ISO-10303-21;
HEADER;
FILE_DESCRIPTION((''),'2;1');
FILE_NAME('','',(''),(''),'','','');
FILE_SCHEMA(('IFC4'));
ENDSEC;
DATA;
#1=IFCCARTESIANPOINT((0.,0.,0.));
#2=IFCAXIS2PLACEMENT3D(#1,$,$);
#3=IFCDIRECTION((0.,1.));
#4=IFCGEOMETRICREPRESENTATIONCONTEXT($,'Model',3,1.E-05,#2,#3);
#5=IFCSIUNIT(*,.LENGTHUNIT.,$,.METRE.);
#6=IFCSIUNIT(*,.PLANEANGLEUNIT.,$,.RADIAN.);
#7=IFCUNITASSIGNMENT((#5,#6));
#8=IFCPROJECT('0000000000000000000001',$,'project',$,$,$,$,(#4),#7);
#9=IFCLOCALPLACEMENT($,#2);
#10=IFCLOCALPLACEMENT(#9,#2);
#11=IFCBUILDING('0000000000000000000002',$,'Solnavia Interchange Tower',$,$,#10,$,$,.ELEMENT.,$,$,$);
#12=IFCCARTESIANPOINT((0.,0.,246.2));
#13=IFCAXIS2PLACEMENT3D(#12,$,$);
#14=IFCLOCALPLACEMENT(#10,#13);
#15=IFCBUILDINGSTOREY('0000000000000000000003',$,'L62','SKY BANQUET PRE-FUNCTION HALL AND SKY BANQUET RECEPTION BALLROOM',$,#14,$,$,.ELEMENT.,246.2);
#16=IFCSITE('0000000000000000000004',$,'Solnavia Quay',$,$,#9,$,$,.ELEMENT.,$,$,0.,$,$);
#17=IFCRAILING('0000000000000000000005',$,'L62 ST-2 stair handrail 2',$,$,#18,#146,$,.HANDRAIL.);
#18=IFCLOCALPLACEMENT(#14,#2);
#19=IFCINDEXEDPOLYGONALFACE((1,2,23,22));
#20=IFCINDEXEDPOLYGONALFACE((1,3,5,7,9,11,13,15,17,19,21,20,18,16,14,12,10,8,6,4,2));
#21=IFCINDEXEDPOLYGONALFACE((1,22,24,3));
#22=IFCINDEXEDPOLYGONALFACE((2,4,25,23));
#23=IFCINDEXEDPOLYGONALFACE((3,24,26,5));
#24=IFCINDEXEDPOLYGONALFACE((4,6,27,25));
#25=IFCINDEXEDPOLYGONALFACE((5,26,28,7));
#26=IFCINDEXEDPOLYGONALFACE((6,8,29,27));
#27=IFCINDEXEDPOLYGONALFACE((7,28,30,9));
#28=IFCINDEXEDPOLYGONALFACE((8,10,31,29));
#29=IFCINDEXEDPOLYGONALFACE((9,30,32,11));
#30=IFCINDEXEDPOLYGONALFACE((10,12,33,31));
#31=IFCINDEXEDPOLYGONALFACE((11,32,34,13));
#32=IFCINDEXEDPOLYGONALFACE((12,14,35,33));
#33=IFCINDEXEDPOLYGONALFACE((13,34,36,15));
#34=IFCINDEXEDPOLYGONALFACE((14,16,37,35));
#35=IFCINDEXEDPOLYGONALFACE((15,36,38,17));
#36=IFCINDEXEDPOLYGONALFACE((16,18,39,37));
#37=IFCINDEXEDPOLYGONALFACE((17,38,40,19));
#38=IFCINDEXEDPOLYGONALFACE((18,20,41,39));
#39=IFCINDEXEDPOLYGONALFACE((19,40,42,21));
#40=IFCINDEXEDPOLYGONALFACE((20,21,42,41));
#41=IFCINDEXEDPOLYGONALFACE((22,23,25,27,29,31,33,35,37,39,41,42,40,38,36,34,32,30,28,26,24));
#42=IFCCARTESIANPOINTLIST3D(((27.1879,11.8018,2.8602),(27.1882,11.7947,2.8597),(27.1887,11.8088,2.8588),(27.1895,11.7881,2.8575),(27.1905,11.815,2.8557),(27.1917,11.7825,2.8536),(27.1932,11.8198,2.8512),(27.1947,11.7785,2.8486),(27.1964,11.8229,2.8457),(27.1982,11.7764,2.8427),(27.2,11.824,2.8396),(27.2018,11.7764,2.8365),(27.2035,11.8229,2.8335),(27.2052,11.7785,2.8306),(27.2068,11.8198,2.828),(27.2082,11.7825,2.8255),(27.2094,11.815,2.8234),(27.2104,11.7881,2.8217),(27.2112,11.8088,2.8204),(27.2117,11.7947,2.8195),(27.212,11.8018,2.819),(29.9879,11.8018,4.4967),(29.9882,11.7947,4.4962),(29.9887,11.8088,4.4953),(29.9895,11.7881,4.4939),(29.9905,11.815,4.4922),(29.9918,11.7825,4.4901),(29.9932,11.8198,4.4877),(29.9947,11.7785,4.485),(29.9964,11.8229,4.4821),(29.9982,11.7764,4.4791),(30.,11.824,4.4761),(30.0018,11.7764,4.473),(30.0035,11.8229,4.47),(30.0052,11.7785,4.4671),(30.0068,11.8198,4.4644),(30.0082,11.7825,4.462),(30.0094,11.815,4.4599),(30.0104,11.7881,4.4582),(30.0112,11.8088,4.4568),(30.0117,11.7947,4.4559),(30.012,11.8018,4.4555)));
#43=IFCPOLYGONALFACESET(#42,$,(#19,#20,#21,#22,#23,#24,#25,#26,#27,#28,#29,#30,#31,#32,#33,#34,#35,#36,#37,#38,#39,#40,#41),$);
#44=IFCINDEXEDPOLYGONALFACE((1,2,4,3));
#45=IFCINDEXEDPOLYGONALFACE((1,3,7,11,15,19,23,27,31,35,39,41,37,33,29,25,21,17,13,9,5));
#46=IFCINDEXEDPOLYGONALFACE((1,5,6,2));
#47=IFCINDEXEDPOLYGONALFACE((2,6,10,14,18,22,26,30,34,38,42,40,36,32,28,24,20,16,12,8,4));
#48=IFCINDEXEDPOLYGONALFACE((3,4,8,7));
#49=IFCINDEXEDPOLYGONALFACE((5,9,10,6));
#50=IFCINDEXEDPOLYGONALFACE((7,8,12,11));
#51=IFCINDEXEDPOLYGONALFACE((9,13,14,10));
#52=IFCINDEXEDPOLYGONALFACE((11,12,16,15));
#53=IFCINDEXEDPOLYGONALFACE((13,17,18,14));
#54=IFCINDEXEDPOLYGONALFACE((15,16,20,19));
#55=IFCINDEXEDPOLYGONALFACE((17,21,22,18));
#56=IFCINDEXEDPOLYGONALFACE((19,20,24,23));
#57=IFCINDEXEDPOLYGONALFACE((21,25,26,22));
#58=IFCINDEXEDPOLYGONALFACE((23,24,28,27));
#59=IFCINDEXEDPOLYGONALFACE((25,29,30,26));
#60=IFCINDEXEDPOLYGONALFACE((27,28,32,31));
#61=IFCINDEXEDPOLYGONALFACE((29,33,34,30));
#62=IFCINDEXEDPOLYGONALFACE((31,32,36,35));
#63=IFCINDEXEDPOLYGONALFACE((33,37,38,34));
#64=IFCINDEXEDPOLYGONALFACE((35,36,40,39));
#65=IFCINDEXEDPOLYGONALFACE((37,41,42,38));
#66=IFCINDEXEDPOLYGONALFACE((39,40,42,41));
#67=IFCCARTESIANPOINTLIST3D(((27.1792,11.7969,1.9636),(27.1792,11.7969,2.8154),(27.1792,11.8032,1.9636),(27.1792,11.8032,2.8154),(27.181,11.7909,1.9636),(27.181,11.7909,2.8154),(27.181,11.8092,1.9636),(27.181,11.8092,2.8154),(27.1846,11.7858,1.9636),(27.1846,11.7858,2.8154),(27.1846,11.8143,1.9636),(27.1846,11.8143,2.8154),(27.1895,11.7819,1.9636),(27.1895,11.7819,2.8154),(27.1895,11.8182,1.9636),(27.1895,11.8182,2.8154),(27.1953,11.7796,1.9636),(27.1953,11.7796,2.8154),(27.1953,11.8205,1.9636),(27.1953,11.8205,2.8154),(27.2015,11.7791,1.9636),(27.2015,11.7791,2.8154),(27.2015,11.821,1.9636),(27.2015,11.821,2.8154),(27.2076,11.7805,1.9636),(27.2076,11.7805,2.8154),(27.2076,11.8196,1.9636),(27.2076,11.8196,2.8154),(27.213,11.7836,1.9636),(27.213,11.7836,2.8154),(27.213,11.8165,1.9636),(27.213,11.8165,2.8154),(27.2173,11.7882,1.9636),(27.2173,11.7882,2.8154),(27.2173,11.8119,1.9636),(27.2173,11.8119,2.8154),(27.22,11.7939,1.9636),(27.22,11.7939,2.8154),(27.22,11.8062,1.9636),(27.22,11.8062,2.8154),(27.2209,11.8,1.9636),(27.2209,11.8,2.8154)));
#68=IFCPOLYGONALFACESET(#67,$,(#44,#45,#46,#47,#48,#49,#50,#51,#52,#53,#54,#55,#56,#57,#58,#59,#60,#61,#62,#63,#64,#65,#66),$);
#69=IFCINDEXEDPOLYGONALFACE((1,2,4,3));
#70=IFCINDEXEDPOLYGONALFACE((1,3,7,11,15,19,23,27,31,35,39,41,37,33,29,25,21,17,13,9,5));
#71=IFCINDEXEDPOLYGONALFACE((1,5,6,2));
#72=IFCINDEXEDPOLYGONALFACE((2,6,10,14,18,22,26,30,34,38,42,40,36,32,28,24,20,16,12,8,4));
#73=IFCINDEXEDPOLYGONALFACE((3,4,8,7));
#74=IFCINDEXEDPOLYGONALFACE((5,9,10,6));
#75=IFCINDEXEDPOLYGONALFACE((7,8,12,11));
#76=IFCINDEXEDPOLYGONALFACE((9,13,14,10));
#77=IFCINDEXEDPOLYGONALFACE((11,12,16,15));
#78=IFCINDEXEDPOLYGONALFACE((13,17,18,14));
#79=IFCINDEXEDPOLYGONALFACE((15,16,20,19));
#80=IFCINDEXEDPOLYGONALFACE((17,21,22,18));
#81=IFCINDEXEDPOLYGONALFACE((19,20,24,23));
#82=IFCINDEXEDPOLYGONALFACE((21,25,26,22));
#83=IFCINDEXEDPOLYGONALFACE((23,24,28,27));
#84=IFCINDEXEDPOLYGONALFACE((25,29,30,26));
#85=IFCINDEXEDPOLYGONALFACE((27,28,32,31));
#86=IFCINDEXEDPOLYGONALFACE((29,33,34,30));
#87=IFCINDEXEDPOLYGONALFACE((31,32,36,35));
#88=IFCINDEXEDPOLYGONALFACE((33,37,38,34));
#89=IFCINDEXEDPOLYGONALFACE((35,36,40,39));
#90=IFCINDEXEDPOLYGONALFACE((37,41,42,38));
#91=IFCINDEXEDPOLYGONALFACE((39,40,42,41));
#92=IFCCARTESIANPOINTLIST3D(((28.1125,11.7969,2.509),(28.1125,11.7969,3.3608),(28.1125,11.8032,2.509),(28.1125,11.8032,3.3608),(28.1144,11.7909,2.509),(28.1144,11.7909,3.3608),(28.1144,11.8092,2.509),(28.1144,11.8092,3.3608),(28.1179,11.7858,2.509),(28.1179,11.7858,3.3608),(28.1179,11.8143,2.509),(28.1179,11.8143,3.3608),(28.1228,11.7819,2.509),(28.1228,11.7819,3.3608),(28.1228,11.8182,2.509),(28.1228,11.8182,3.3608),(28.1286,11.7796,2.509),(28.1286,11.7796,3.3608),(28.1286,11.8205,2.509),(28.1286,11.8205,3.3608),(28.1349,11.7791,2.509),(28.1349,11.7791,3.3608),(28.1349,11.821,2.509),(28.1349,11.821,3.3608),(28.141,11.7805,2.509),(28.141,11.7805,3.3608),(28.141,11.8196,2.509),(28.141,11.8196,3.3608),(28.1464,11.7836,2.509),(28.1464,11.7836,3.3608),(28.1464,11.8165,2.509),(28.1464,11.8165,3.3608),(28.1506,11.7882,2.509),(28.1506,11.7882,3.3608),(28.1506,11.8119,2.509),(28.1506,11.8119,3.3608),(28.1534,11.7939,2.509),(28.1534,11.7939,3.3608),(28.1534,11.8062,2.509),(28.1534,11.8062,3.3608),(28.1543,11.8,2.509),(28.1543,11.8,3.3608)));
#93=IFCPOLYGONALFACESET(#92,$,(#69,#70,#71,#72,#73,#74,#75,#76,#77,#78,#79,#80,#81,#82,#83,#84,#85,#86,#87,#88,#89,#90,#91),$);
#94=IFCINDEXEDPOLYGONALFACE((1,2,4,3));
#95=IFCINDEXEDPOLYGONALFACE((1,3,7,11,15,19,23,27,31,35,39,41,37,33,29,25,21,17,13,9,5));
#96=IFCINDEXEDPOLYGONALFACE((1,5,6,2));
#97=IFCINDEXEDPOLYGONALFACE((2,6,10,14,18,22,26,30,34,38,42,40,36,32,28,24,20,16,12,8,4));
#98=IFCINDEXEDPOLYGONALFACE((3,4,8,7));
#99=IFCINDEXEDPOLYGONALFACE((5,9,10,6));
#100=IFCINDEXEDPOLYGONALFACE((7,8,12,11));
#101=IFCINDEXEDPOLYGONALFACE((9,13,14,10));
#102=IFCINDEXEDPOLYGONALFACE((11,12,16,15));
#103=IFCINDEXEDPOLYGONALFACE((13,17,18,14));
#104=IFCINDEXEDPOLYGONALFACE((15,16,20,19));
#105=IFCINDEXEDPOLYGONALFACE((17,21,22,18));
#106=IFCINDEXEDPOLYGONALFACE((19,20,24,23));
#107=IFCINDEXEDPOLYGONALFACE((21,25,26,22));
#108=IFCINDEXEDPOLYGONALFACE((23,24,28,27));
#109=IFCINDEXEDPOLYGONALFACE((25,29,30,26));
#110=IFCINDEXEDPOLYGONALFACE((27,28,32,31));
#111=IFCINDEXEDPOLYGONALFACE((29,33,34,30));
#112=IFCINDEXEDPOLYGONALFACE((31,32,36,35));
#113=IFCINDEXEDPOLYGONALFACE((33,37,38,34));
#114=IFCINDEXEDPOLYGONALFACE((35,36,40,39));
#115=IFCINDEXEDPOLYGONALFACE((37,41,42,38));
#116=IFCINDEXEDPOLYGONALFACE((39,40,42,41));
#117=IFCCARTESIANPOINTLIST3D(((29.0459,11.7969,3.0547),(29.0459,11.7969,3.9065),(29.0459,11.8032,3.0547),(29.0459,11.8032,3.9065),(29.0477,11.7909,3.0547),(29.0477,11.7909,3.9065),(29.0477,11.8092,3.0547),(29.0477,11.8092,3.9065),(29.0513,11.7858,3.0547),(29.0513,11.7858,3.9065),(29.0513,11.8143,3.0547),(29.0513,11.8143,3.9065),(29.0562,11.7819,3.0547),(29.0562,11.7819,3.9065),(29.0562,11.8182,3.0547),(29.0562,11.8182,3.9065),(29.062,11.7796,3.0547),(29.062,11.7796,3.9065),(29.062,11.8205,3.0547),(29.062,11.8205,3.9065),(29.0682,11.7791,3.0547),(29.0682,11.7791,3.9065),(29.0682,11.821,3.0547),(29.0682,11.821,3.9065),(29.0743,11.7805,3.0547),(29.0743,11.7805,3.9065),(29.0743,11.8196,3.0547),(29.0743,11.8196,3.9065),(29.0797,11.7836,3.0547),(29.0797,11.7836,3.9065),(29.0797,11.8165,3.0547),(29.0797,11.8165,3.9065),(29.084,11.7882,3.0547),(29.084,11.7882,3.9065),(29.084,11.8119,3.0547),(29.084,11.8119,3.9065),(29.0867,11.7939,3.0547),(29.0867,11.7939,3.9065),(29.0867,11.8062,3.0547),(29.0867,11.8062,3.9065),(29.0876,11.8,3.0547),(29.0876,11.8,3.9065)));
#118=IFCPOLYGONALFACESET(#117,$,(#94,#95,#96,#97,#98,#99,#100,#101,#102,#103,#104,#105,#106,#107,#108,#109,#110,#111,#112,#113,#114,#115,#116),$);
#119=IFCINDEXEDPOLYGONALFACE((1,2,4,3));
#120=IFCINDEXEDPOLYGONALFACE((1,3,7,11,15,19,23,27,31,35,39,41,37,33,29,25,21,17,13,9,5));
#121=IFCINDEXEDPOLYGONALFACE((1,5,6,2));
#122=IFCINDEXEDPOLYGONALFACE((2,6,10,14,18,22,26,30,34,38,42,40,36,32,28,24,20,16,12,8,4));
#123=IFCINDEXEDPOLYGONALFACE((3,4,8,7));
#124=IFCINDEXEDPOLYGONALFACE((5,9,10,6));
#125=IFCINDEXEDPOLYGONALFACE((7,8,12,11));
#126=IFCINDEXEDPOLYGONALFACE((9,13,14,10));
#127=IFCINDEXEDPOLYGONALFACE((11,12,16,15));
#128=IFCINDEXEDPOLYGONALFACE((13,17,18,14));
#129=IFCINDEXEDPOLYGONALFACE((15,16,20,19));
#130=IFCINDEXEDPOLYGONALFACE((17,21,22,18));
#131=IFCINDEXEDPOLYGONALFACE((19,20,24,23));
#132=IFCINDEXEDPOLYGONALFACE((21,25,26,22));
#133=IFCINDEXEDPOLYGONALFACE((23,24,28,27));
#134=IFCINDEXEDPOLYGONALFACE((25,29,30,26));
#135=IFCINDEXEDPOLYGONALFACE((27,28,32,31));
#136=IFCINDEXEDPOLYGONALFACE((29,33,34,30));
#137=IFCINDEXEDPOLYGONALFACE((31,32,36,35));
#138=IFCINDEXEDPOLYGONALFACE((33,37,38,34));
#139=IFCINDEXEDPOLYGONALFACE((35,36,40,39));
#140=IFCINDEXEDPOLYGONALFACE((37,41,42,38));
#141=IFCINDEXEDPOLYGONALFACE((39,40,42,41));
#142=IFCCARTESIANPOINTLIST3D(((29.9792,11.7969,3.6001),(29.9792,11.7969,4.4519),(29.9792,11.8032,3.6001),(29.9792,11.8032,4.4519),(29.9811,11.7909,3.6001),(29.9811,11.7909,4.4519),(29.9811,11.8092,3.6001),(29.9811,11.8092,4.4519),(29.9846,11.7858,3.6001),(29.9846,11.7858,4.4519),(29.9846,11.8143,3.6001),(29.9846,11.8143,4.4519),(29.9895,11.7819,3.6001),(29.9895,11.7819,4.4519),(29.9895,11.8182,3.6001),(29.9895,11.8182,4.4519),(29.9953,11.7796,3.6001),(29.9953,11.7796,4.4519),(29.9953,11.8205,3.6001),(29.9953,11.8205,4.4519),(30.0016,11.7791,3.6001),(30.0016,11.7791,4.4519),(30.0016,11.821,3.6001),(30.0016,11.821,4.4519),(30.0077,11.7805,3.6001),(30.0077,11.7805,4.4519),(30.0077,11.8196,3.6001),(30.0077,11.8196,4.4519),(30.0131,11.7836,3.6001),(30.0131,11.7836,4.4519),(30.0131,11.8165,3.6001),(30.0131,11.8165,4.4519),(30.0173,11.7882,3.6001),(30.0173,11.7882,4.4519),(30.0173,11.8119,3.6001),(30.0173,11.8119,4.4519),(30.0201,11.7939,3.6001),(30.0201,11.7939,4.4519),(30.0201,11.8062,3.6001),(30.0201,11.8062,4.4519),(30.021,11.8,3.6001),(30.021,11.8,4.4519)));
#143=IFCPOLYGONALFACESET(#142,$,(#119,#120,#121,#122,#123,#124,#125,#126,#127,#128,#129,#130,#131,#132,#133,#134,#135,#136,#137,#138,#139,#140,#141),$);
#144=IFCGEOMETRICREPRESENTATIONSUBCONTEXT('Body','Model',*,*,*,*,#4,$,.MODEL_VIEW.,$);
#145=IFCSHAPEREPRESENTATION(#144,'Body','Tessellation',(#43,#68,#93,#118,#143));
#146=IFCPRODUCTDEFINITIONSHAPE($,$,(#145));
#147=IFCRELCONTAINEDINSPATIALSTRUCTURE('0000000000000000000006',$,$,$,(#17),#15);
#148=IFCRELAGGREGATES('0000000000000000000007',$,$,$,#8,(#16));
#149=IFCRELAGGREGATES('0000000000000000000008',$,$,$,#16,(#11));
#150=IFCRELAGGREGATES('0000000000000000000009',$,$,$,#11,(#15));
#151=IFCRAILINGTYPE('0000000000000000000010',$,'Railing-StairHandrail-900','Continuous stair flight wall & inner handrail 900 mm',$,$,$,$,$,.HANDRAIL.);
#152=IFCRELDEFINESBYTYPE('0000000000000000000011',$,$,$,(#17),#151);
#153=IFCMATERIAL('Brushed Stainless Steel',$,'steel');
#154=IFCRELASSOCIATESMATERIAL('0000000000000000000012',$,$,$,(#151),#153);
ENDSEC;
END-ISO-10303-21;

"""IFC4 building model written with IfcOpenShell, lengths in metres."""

from ifc_helpers import new_model, si_unit, direction, frame, origin, origin_2d, place, context, subcontext, project, spatial, circle, extrude, material, type_object, element, save


model = new_model("IFC4")

# Units and contexts
model_context = context("Model", 3, precision=1e-05, world=origin(), true_north=direction((0.0, 1.0)))
body_context = subcontext(model_context, "Body", "Model", "MODEL_VIEW")
ifc_project = project(units=[si_unit("LENGTHUNIT", "METRE"), si_unit("PLANEANGLEUNIT", "RADIAN")], contexts=[model_context])

# Site, building, storey
site_placement = place(None, origin())
site = spatial("IfcSite", under=ifc_project, at=site_placement, Name="Solnavia Quay", CompositionType="ELEMENT", RefElevation=0.0)
building_placement = place(site_placement, origin())
building = spatial("IfcBuilding", under=site, at=building_placement, Name="Solnavia Interchange Tower", CompositionType="ELEMENT")
storey_placement = place(building_placement, frame((0.0, 0.0, 246.2)))
storey = spatial("IfcBuildingStorey", under=building, at=storey_placement, Name="L62", Description="SKY BANQUET PRE-FUNCTION HALL AND SKY BANQUET RECEPTION BALLROOM", CompositionType="ELEMENT", Elevation=246.2)

# Railing
ifc_material_1 = material(Name="Brushed Stainless Steel", Category="steel")
railing_type_1 = type_object("IfcRailingType", Name="Railing-StairHandrail-900", Description="Continuous stair flight wall & inner handrail 900 mm", PredefinedType="HANDRAIL", material=ifc_material_1)
railing_1_placement = place(storey_placement, frame((27.2, 11.8, 1.9636)))
element("IfcRailing", 1, at=railing_1_placement, inside=storey, type_object=railing_type_1, Name="L62 ST-2 stair handrail 2", PredefinedType="HANDRAIL", context=body_context, shape_type="SweptSolid", body=[
    extrude(circle(Radius=0.0239, at=origin_2d()), frame((0.0, 0.0, 0.876), z_axis=(0.863361, 0.0, 0.504587), x_axis=(0.0, 1.0, 0.0)), (0.0, 0.0, 1.0), 3.2432),
    extrude(circle(Radius=0.021, at=origin_2d()), origin(), (0.0, 0.0, 1.0), 0.8518),
    extrude(circle(Radius=0.021, at=origin_2d()), frame((0.9333, 0.0, 0.5454)), (0.0, 0.0, 1.0), 0.8518),
    extrude(circle(Radius=0.021, at=origin_2d()), frame((1.8667, 0.0, 1.0911)), (0.0, 0.0, 1.0), 0.8518),
    extrude(circle(Radius=0.021, at=origin_2d()), frame((2.8, 0.0, 1.6365)), (0.0, 0.0, 1.0), 0.8518),
])

save(model, "model.ifc")
